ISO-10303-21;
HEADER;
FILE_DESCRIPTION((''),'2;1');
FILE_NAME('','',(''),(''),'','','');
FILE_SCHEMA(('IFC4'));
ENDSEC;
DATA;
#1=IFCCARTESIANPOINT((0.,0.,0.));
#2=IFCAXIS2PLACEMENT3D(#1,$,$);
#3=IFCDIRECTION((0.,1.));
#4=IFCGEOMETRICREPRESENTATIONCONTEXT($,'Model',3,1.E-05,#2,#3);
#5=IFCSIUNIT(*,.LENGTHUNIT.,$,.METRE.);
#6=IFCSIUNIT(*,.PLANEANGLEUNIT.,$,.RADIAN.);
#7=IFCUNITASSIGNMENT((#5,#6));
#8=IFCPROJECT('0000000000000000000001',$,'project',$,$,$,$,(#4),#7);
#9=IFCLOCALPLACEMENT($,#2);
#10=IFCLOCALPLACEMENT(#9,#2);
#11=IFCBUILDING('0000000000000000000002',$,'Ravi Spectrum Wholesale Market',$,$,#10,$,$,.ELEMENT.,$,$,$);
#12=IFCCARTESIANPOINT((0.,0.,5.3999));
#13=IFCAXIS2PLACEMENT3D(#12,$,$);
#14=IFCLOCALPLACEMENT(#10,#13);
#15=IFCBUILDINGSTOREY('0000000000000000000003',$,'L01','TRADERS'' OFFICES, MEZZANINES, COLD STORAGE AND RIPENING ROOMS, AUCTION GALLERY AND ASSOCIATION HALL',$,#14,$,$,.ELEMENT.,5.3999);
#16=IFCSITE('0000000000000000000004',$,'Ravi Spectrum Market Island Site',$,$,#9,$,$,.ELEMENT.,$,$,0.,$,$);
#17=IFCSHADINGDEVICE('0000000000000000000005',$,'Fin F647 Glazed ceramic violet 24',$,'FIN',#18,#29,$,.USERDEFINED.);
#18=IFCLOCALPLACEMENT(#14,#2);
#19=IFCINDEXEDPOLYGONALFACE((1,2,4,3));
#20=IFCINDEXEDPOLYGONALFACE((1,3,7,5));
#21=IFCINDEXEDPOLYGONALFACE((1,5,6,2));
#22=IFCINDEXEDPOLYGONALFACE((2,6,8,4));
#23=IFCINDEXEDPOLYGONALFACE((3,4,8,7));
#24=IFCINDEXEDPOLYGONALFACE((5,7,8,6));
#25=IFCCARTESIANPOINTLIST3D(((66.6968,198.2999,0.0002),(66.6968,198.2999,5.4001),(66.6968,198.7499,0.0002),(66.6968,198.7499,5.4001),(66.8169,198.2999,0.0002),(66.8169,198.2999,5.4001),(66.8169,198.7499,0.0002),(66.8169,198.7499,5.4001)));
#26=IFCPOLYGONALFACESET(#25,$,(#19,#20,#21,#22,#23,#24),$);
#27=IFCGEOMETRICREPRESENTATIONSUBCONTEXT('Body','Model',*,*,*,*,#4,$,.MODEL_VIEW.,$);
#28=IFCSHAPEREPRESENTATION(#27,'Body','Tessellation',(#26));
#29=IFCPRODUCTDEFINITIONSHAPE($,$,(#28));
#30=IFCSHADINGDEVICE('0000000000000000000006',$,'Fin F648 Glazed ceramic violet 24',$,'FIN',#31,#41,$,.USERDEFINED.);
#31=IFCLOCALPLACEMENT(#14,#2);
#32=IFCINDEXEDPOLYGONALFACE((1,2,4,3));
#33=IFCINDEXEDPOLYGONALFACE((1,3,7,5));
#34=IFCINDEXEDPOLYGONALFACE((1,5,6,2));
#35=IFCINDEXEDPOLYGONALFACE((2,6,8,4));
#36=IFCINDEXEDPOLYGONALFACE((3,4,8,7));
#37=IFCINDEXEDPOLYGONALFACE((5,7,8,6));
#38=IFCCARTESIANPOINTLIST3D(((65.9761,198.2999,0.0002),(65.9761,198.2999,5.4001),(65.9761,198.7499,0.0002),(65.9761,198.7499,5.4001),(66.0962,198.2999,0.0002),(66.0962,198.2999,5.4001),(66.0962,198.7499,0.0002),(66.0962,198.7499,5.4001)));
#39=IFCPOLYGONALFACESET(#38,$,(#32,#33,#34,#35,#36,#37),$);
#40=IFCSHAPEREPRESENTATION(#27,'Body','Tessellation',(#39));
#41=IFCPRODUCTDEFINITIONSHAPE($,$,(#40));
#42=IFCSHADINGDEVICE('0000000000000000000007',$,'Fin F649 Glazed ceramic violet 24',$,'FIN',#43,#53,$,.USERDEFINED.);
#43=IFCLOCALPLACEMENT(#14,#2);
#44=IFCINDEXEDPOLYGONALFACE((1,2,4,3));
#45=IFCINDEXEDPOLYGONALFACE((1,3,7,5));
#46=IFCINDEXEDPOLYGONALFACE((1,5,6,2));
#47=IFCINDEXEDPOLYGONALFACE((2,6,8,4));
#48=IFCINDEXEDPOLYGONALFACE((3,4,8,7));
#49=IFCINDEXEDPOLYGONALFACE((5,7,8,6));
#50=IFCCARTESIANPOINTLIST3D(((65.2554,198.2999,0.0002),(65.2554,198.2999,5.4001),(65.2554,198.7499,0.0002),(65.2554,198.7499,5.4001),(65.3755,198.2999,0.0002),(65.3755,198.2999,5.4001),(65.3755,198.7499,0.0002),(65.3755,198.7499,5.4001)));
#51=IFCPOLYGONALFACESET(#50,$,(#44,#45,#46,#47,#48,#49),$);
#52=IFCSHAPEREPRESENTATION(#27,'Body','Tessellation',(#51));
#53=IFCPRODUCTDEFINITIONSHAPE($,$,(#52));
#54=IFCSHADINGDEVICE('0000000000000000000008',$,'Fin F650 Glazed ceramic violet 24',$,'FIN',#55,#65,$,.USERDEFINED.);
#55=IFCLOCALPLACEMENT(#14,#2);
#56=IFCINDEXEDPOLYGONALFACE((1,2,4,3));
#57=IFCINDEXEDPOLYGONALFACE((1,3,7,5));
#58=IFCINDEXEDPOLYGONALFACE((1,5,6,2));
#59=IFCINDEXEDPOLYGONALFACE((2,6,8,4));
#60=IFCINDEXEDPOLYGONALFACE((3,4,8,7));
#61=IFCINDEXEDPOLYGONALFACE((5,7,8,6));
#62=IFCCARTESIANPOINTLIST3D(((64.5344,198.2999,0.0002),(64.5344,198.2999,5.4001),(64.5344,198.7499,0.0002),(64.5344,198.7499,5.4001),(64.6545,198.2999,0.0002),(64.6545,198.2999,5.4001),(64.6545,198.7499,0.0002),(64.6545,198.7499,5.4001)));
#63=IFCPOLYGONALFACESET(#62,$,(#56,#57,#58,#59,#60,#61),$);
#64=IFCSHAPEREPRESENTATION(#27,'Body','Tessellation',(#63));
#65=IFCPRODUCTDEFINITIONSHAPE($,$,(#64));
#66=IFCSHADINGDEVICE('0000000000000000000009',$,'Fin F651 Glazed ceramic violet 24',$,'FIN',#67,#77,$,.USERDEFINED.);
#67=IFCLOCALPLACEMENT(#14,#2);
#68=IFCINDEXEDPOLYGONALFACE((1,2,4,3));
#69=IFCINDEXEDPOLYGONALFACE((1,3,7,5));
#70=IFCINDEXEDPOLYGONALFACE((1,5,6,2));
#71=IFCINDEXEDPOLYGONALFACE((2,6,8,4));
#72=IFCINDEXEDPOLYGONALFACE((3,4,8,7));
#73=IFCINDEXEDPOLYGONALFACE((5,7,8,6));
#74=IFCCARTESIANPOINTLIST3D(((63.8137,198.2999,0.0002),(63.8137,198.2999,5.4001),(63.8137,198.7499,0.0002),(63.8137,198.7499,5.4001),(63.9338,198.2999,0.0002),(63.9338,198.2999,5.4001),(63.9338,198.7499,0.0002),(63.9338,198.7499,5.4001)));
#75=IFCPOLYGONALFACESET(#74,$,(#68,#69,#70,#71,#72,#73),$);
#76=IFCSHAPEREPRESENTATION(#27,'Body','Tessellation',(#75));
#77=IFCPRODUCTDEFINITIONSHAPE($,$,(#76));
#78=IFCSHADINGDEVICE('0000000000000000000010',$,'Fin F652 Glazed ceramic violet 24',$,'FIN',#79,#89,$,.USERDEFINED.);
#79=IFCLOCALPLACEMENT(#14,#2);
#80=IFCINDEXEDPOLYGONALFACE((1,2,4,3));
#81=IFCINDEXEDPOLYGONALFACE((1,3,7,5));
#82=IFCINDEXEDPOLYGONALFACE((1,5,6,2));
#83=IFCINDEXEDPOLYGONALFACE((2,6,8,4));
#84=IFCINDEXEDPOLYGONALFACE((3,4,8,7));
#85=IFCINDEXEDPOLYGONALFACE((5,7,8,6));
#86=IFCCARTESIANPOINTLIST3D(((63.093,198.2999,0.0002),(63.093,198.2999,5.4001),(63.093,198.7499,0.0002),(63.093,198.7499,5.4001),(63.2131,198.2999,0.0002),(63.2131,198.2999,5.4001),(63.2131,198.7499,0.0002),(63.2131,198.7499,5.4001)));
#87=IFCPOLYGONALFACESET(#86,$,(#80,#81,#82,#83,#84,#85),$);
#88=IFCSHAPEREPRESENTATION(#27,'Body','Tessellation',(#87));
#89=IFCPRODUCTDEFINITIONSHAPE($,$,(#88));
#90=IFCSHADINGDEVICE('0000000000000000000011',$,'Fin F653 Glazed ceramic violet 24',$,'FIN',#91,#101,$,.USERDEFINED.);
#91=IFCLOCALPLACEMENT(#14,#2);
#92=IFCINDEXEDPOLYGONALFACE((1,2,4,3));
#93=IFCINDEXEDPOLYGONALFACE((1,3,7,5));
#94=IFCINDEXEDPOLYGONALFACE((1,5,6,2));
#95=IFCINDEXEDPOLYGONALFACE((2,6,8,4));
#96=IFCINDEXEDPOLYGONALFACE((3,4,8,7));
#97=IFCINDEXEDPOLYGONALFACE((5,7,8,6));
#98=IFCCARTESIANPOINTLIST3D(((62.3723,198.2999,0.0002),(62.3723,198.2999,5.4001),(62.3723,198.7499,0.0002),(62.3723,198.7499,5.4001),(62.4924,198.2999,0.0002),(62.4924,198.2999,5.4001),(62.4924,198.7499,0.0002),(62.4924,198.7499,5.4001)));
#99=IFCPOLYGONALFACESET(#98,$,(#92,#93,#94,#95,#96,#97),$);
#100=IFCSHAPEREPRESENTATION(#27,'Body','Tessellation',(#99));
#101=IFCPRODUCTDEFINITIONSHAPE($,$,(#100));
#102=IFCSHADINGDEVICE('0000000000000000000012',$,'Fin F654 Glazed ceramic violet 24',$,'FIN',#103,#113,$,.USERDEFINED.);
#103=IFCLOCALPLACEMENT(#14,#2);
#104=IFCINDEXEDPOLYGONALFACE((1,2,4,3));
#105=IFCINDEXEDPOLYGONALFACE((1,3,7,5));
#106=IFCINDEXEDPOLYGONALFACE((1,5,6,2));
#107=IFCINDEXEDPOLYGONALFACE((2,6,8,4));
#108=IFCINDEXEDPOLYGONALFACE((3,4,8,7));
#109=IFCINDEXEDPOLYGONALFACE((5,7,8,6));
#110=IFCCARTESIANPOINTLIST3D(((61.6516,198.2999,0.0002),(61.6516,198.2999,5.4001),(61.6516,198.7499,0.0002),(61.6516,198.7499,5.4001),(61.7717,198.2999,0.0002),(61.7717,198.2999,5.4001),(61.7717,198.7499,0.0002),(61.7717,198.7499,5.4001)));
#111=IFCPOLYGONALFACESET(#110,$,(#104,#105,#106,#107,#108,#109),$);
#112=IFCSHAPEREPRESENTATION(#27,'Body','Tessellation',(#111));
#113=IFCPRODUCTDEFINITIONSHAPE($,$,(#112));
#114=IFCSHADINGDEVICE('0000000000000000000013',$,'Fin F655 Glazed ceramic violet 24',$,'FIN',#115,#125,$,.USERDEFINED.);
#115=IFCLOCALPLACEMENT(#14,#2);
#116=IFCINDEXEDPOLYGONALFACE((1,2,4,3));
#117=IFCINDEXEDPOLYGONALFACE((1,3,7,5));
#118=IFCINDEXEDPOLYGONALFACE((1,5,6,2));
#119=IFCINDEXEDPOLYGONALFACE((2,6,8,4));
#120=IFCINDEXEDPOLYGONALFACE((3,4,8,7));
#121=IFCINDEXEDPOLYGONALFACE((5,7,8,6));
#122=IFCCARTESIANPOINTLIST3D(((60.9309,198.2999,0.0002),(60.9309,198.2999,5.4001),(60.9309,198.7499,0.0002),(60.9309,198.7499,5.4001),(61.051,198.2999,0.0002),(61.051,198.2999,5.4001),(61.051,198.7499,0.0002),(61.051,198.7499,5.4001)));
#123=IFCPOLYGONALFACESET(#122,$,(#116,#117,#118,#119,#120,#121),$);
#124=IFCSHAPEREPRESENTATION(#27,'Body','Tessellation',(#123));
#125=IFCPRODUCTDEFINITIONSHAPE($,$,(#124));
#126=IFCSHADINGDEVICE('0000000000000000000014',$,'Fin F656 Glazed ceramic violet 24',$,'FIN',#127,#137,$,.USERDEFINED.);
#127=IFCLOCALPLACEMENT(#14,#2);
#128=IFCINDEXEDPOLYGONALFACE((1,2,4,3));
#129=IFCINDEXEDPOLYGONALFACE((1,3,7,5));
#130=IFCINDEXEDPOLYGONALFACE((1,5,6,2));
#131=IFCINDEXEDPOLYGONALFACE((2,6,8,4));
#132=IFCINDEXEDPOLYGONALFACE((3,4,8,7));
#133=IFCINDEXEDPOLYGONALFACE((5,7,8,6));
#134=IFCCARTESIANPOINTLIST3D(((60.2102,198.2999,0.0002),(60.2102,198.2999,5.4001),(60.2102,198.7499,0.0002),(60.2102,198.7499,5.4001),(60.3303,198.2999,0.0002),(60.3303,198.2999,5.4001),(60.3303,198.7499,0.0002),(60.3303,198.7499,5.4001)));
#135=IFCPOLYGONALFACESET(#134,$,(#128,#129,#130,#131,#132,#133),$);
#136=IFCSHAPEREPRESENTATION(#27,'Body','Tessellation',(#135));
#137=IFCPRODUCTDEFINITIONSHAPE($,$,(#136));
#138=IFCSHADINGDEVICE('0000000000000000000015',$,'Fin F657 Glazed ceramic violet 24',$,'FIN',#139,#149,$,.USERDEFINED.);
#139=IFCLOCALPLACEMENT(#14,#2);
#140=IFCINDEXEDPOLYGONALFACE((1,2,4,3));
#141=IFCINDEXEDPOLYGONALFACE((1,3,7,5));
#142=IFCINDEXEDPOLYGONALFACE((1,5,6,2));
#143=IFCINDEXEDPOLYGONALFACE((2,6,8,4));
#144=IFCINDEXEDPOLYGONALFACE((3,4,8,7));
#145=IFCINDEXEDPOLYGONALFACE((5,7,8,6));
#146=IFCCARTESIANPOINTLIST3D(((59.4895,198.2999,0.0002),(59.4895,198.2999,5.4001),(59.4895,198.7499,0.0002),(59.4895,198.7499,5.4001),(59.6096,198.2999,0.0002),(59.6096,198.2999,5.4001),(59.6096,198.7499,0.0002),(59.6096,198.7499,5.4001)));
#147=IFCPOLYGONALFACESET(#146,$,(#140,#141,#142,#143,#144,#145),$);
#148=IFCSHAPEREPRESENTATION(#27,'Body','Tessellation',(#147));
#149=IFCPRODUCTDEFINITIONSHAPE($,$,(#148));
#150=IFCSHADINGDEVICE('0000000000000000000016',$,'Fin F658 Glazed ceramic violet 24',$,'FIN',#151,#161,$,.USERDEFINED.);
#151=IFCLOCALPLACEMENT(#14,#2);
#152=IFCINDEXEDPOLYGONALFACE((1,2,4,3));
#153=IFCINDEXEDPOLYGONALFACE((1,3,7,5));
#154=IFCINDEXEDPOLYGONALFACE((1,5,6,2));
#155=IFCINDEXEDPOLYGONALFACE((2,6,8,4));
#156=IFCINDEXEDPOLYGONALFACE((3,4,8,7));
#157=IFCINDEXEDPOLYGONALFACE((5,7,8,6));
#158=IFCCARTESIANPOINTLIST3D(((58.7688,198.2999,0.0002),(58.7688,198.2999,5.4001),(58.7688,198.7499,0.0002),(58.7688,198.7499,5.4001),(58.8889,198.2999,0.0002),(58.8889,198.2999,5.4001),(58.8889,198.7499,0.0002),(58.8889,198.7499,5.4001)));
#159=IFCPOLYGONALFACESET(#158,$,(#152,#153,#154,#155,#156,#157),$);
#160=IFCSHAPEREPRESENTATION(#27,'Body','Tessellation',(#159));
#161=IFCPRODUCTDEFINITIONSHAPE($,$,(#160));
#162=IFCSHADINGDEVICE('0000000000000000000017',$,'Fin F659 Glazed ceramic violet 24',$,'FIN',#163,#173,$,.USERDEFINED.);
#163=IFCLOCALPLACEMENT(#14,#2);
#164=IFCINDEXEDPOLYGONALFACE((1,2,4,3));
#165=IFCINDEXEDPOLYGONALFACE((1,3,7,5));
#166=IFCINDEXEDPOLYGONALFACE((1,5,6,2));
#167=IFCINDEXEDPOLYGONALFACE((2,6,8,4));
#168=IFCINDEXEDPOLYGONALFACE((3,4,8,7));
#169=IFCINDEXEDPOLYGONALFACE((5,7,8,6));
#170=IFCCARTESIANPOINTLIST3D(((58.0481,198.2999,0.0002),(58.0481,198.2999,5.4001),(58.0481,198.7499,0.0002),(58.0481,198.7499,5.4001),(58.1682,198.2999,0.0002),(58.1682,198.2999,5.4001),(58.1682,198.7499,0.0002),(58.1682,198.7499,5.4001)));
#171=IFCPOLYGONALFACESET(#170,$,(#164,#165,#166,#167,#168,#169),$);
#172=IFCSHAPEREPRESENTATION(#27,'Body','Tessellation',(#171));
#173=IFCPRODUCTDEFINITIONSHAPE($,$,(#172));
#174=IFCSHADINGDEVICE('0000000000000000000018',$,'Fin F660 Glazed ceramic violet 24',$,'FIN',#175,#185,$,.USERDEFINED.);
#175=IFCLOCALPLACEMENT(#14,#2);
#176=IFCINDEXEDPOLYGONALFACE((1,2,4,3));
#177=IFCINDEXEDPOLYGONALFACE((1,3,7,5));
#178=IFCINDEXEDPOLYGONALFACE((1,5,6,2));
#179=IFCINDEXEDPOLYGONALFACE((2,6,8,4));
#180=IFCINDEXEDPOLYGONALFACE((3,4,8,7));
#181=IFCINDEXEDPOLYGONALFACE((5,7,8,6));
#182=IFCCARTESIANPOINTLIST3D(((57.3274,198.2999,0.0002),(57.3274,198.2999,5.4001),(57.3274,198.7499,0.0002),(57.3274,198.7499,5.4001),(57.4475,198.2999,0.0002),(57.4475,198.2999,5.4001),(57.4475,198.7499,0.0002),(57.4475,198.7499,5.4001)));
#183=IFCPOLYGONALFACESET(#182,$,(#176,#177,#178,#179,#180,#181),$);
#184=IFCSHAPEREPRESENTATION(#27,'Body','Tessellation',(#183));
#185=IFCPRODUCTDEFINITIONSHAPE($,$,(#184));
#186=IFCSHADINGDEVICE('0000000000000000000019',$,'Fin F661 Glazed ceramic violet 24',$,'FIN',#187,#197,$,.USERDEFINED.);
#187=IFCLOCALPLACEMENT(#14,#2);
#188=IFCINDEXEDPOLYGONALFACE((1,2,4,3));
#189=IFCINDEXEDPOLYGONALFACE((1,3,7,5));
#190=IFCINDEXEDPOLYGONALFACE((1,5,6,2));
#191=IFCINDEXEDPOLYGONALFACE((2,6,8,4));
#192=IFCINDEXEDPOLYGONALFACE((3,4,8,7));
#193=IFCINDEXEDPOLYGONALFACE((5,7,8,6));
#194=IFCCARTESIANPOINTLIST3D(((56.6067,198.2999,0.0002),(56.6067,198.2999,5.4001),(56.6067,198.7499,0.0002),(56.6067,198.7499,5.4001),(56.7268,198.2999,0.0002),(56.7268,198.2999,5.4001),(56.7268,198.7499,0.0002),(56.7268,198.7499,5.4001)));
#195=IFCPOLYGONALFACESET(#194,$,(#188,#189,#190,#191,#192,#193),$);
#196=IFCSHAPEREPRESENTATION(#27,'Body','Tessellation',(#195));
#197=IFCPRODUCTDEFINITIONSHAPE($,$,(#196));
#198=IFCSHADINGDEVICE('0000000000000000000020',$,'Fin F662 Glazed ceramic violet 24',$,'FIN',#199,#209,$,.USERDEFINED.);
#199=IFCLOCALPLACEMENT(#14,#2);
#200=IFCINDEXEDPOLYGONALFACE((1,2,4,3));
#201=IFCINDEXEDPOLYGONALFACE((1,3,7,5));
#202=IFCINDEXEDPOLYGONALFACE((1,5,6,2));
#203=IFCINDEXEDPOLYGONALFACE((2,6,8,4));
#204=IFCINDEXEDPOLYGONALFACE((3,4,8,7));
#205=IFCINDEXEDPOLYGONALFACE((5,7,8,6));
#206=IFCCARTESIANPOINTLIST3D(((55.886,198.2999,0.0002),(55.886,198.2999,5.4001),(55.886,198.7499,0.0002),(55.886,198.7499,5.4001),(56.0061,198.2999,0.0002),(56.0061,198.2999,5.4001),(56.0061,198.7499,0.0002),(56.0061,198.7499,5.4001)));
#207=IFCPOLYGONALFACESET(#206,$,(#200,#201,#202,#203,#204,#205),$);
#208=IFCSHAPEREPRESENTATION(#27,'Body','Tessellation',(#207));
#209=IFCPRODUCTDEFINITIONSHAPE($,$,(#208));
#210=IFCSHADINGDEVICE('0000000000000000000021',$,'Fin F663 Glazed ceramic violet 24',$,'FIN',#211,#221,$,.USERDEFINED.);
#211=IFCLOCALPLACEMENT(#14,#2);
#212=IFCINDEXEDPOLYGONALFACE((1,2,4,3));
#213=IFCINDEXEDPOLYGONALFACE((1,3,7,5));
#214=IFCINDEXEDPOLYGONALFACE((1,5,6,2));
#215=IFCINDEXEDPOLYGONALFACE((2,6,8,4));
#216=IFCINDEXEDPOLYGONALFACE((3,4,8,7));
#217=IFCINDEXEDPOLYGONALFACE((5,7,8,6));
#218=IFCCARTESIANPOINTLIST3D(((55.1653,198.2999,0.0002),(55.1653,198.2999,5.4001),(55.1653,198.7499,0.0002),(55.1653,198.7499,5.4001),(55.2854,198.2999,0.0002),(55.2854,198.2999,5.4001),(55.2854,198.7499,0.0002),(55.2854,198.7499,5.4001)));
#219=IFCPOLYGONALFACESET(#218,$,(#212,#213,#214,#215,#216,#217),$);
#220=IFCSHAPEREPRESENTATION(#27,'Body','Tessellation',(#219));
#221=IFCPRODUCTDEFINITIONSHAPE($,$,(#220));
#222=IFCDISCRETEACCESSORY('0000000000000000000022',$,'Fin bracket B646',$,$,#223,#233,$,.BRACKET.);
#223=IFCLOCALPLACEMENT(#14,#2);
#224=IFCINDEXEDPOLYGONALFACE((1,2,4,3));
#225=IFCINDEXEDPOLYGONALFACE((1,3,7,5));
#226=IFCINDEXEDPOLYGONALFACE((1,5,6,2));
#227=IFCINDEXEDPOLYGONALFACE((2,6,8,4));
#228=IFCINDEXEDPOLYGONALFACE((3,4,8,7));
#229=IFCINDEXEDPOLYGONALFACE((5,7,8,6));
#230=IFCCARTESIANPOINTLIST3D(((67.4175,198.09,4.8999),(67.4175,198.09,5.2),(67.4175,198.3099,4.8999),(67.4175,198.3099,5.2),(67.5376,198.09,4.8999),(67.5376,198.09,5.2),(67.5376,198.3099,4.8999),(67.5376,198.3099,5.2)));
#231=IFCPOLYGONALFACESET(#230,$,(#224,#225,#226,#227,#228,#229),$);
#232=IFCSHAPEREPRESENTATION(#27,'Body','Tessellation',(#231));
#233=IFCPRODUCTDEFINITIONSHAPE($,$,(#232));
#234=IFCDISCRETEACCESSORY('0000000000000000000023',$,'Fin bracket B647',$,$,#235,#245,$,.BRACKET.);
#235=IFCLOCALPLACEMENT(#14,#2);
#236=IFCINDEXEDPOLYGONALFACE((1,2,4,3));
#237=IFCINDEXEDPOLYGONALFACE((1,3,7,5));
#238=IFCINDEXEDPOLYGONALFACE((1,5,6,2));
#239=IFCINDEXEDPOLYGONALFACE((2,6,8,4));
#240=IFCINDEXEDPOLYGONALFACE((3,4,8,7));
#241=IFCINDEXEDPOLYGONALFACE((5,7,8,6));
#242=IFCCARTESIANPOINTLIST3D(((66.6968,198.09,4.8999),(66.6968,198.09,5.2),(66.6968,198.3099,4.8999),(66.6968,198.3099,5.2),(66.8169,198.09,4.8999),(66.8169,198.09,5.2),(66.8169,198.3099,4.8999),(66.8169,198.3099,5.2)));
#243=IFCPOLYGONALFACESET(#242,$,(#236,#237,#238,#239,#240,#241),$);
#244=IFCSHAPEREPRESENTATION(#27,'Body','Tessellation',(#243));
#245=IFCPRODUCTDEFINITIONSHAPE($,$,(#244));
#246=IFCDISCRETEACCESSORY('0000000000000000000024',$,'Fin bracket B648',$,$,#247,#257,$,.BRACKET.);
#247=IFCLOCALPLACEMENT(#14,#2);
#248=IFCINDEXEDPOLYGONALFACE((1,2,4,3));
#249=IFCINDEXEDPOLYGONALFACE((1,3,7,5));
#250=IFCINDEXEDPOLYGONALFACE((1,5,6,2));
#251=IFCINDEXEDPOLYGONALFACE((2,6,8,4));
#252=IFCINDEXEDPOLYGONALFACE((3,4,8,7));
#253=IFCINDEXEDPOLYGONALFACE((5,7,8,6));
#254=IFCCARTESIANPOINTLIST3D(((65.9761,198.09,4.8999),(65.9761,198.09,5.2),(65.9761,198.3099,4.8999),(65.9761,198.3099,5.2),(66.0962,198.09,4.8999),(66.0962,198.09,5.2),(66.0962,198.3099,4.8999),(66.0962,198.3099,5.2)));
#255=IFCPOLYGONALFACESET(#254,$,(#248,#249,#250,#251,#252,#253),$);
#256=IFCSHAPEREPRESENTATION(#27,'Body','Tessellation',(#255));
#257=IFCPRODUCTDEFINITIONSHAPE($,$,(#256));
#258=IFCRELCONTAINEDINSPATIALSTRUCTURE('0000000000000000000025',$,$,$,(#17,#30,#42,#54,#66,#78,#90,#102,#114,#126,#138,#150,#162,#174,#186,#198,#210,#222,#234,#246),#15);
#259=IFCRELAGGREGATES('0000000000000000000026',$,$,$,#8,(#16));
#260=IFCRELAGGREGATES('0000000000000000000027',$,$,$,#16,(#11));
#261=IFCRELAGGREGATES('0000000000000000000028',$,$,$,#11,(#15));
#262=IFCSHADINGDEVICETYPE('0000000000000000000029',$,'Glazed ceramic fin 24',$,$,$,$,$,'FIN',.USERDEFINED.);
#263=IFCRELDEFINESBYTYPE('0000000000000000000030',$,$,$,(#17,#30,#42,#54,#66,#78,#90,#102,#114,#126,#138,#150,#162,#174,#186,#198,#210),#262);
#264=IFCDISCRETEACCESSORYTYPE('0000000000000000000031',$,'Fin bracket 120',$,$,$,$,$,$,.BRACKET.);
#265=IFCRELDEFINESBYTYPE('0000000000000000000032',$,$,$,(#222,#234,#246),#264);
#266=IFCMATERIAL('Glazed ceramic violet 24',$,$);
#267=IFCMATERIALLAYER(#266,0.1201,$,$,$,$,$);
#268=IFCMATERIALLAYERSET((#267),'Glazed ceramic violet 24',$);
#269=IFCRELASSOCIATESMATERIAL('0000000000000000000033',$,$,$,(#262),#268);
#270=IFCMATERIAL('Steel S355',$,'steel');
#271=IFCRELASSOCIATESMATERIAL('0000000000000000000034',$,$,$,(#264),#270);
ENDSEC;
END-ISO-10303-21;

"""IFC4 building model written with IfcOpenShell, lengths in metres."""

from ifc_helpers import new_model, si_unit, direction, frame, origin, origin_2d, place, context, subcontext, project, spatial, rectangle, extrude, material, layer, layer_set, type_object, element, save


model = new_model("IFC4")

# Units and contexts
model_context = context("Model", 3, precision=1e-05, world=origin(), true_north=direction((0.0, 1.0)))
body_context = subcontext(model_context, "Body", "Model", "MODEL_VIEW")
ifc_project = project(units=[si_unit("LENGTHUNIT", "METRE"), si_unit("PLANEANGLEUNIT", "RADIAN")], contexts=[model_context])

# Site, building, storey
site_placement = place(None, origin())
site = spatial("IfcSite", under=ifc_project, at=site_placement, Name="Ravi Spectrum Market Island Site", CompositionType="ELEMENT", RefElevation=0.0)
building_placement = place(site_placement, origin())
building = spatial("IfcBuilding", under=site, at=building_placement, Name="Ravi Spectrum Wholesale Market", CompositionType="ELEMENT")
storey_placement = place(building_placement, frame((0.0, 0.0, 5.3999)))
storey = spatial("IfcBuildingStorey", under=building, at=storey_placement, Name="L01", Description="TRADERS' OFFICES, MEZZANINES, COLD STORAGE AND RIPENING ROOMS, AUCTION GALLERY AND ASSOCIATION HALL", CompositionType="ELEMENT", Elevation=5.3999)

# Shading devices
ifc_material_1 = material(Name="Glazed ceramic violet 24")
ifc_layer = layer(ifc_material_1, 0.1201)
ifc_layer_set = layer_set([ifc_layer], Name="Glazed ceramic violet 24")
shading_device_type = type_object("IfcShadingDeviceType", Name="Glazed ceramic fin 24", ElementType="FIN", PredefinedType="USERDEFINED", material=ifc_layer_set)
for number, where, z_axis, x_axis, name in (
    (1, (66.7568, 198.5249, 0.0002), (0.0, 0.0, 1.0), (-1.0, 0.0, 0.0), "Fin F647 Glazed ceramic violet 24"),
    (2, (66.0361, 198.5249, 0.0002), (0.0, 0.0, 1.0), (-1.0, 0.0, 0.0), "Fin F648 Glazed ceramic violet 24"),
    (3, (65.3154, 198.5249, 0.0002), (0.0, 0.0, 1.0), (-1.0, 0.0, 0.0), "Fin F649 Glazed ceramic violet 24"),
    (4, (64.5945, 198.5249, 0.0002), (0.0, 0.0, 1.0), (-1.0, 0.0, 0.0), "Fin F650 Glazed ceramic violet 24"),
    (5, (63.8738, 198.5249, 0.0002), (0.0, 0.0, 1.0), (-1.0, 0.0, 0.0), "Fin F651 Glazed ceramic violet 24"),
    (6, (63.1531, 198.5249, 0.0002), (0.0, 0.0, 1.0), (-1.0, 0.0, 0.0), "Fin F652 Glazed ceramic violet 24"),
    (7, (62.4324, 198.5249, 0.0002), (0.0, 0.0, 1.0), (-1.0, 0.0, 0.0), "Fin F653 Glazed ceramic violet 24"),
    (8, (61.7117, 198.5249, 0.0002), (0.0, 0.0, 1.0), (-1.0, 0.0, 0.0), "Fin F654 Glazed ceramic violet 24"),
    (9, (60.991, 198.5249, 0.0002), (0.0, 0.0, 1.0), (-1.0, 0.0, 0.0), "Fin F655 Glazed ceramic violet 24"),
    (10, (60.2703, 198.5249, 0.0002), (0.0, 0.0, 1.0), (-1.0, 0.0, 0.0), "Fin F656 Glazed ceramic violet 24"),
    (11, (59.5496, 198.5249, 0.0002), (0.0, 0.0, 1.0), (-1.0, 0.0, 0.0), "Fin F657 Glazed ceramic violet 24"),
    (12, (58.8289, 198.5249, 0.0002), (0.0, 0.0, 1.0), (-1.0, 0.0, 0.0), "Fin F658 Glazed ceramic violet 24"),
    (13, (58.1082, 198.5249, 0.0002), (0.0, 0.0, 1.0), (-1.0, 0.0, 0.0), "Fin F659 Glazed ceramic violet 24"),
    (14, (57.3875, 198.5249, 0.0002), (0.0, 0.0, 1.0), (-1.0, 0.0, 0.0), "Fin F660 Glazed ceramic violet 24"),
    (15, (56.6667, 198.5249, 0.0002), (0.0, 0.0, 1.0), (-1.0, 0.0, 0.0), "Fin F661 Glazed ceramic violet 24"),
    (16, (55.946, 198.5249, 0.0002), (0.0, 0.0, 1.0), (-1.0, 0.0, 0.0), "Fin F662 Glazed ceramic violet 24"),
    (17, (55.2253, 198.5249, 0.0002), (0.0, 0.0, 1.0), (-1.0, 0.0, 0.0), "Fin F663 Glazed ceramic violet 24"),
):
    element("IfcShadingDevice", number, at=place(storey_placement, frame(where, z_axis=z_axis, x_axis=x_axis)), inside=storey, type_object=shading_device_type, Name=name, ObjectType="FIN", PredefinedType="USERDEFINED", context=body_context, shape_type="SweptSolid", body=[
        extrude(rectangle(XDim=0.1201, YDim=0.45, at=origin_2d()), origin(), (0.0, 0.0, 1.0), 5.3999),
    ])

# Discrete accessories
ifc_material_2 = material(Name="Steel S355", Category="steel")
discrete_accessory_type = type_object("IfcDiscreteAccessoryType", Name="Fin bracket 120", PredefinedType="BRACKET", material=ifc_material_2)
for number, where, z_axis, x_axis, name in (
    (18, (67.4775, 198.2, 4.8999), (0.0, 0.0, 1.0), (-1.0, 0.0, 0.0), "Fin bracket B646"),
    (19, (66.7568, 198.2, 4.8999), (0.0, 0.0, 1.0), (-1.0, 0.0, 0.0), "Fin bracket B647"),
    (20, (66.0361, 198.2, 4.8999), (0.0, 0.0, 1.0), (-1.0, 0.0, 0.0), "Fin bracket B648"),
):
    element("IfcDiscreteAccessory", number, at=place(storey_placement, frame(where, z_axis=z_axis, x_axis=x_axis)), inside=storey, type_object=discrete_accessory_type, Name=name, PredefinedType="BRACKET", context=body_context, shape_type="SweptSolid", body=[
        extrude(rectangle(XDim=0.1201, YDim=0.22, at=origin_2d()), origin(), (0.0, 0.0, 1.0), 0.3),
    ])

save(model, "model.ifc")
